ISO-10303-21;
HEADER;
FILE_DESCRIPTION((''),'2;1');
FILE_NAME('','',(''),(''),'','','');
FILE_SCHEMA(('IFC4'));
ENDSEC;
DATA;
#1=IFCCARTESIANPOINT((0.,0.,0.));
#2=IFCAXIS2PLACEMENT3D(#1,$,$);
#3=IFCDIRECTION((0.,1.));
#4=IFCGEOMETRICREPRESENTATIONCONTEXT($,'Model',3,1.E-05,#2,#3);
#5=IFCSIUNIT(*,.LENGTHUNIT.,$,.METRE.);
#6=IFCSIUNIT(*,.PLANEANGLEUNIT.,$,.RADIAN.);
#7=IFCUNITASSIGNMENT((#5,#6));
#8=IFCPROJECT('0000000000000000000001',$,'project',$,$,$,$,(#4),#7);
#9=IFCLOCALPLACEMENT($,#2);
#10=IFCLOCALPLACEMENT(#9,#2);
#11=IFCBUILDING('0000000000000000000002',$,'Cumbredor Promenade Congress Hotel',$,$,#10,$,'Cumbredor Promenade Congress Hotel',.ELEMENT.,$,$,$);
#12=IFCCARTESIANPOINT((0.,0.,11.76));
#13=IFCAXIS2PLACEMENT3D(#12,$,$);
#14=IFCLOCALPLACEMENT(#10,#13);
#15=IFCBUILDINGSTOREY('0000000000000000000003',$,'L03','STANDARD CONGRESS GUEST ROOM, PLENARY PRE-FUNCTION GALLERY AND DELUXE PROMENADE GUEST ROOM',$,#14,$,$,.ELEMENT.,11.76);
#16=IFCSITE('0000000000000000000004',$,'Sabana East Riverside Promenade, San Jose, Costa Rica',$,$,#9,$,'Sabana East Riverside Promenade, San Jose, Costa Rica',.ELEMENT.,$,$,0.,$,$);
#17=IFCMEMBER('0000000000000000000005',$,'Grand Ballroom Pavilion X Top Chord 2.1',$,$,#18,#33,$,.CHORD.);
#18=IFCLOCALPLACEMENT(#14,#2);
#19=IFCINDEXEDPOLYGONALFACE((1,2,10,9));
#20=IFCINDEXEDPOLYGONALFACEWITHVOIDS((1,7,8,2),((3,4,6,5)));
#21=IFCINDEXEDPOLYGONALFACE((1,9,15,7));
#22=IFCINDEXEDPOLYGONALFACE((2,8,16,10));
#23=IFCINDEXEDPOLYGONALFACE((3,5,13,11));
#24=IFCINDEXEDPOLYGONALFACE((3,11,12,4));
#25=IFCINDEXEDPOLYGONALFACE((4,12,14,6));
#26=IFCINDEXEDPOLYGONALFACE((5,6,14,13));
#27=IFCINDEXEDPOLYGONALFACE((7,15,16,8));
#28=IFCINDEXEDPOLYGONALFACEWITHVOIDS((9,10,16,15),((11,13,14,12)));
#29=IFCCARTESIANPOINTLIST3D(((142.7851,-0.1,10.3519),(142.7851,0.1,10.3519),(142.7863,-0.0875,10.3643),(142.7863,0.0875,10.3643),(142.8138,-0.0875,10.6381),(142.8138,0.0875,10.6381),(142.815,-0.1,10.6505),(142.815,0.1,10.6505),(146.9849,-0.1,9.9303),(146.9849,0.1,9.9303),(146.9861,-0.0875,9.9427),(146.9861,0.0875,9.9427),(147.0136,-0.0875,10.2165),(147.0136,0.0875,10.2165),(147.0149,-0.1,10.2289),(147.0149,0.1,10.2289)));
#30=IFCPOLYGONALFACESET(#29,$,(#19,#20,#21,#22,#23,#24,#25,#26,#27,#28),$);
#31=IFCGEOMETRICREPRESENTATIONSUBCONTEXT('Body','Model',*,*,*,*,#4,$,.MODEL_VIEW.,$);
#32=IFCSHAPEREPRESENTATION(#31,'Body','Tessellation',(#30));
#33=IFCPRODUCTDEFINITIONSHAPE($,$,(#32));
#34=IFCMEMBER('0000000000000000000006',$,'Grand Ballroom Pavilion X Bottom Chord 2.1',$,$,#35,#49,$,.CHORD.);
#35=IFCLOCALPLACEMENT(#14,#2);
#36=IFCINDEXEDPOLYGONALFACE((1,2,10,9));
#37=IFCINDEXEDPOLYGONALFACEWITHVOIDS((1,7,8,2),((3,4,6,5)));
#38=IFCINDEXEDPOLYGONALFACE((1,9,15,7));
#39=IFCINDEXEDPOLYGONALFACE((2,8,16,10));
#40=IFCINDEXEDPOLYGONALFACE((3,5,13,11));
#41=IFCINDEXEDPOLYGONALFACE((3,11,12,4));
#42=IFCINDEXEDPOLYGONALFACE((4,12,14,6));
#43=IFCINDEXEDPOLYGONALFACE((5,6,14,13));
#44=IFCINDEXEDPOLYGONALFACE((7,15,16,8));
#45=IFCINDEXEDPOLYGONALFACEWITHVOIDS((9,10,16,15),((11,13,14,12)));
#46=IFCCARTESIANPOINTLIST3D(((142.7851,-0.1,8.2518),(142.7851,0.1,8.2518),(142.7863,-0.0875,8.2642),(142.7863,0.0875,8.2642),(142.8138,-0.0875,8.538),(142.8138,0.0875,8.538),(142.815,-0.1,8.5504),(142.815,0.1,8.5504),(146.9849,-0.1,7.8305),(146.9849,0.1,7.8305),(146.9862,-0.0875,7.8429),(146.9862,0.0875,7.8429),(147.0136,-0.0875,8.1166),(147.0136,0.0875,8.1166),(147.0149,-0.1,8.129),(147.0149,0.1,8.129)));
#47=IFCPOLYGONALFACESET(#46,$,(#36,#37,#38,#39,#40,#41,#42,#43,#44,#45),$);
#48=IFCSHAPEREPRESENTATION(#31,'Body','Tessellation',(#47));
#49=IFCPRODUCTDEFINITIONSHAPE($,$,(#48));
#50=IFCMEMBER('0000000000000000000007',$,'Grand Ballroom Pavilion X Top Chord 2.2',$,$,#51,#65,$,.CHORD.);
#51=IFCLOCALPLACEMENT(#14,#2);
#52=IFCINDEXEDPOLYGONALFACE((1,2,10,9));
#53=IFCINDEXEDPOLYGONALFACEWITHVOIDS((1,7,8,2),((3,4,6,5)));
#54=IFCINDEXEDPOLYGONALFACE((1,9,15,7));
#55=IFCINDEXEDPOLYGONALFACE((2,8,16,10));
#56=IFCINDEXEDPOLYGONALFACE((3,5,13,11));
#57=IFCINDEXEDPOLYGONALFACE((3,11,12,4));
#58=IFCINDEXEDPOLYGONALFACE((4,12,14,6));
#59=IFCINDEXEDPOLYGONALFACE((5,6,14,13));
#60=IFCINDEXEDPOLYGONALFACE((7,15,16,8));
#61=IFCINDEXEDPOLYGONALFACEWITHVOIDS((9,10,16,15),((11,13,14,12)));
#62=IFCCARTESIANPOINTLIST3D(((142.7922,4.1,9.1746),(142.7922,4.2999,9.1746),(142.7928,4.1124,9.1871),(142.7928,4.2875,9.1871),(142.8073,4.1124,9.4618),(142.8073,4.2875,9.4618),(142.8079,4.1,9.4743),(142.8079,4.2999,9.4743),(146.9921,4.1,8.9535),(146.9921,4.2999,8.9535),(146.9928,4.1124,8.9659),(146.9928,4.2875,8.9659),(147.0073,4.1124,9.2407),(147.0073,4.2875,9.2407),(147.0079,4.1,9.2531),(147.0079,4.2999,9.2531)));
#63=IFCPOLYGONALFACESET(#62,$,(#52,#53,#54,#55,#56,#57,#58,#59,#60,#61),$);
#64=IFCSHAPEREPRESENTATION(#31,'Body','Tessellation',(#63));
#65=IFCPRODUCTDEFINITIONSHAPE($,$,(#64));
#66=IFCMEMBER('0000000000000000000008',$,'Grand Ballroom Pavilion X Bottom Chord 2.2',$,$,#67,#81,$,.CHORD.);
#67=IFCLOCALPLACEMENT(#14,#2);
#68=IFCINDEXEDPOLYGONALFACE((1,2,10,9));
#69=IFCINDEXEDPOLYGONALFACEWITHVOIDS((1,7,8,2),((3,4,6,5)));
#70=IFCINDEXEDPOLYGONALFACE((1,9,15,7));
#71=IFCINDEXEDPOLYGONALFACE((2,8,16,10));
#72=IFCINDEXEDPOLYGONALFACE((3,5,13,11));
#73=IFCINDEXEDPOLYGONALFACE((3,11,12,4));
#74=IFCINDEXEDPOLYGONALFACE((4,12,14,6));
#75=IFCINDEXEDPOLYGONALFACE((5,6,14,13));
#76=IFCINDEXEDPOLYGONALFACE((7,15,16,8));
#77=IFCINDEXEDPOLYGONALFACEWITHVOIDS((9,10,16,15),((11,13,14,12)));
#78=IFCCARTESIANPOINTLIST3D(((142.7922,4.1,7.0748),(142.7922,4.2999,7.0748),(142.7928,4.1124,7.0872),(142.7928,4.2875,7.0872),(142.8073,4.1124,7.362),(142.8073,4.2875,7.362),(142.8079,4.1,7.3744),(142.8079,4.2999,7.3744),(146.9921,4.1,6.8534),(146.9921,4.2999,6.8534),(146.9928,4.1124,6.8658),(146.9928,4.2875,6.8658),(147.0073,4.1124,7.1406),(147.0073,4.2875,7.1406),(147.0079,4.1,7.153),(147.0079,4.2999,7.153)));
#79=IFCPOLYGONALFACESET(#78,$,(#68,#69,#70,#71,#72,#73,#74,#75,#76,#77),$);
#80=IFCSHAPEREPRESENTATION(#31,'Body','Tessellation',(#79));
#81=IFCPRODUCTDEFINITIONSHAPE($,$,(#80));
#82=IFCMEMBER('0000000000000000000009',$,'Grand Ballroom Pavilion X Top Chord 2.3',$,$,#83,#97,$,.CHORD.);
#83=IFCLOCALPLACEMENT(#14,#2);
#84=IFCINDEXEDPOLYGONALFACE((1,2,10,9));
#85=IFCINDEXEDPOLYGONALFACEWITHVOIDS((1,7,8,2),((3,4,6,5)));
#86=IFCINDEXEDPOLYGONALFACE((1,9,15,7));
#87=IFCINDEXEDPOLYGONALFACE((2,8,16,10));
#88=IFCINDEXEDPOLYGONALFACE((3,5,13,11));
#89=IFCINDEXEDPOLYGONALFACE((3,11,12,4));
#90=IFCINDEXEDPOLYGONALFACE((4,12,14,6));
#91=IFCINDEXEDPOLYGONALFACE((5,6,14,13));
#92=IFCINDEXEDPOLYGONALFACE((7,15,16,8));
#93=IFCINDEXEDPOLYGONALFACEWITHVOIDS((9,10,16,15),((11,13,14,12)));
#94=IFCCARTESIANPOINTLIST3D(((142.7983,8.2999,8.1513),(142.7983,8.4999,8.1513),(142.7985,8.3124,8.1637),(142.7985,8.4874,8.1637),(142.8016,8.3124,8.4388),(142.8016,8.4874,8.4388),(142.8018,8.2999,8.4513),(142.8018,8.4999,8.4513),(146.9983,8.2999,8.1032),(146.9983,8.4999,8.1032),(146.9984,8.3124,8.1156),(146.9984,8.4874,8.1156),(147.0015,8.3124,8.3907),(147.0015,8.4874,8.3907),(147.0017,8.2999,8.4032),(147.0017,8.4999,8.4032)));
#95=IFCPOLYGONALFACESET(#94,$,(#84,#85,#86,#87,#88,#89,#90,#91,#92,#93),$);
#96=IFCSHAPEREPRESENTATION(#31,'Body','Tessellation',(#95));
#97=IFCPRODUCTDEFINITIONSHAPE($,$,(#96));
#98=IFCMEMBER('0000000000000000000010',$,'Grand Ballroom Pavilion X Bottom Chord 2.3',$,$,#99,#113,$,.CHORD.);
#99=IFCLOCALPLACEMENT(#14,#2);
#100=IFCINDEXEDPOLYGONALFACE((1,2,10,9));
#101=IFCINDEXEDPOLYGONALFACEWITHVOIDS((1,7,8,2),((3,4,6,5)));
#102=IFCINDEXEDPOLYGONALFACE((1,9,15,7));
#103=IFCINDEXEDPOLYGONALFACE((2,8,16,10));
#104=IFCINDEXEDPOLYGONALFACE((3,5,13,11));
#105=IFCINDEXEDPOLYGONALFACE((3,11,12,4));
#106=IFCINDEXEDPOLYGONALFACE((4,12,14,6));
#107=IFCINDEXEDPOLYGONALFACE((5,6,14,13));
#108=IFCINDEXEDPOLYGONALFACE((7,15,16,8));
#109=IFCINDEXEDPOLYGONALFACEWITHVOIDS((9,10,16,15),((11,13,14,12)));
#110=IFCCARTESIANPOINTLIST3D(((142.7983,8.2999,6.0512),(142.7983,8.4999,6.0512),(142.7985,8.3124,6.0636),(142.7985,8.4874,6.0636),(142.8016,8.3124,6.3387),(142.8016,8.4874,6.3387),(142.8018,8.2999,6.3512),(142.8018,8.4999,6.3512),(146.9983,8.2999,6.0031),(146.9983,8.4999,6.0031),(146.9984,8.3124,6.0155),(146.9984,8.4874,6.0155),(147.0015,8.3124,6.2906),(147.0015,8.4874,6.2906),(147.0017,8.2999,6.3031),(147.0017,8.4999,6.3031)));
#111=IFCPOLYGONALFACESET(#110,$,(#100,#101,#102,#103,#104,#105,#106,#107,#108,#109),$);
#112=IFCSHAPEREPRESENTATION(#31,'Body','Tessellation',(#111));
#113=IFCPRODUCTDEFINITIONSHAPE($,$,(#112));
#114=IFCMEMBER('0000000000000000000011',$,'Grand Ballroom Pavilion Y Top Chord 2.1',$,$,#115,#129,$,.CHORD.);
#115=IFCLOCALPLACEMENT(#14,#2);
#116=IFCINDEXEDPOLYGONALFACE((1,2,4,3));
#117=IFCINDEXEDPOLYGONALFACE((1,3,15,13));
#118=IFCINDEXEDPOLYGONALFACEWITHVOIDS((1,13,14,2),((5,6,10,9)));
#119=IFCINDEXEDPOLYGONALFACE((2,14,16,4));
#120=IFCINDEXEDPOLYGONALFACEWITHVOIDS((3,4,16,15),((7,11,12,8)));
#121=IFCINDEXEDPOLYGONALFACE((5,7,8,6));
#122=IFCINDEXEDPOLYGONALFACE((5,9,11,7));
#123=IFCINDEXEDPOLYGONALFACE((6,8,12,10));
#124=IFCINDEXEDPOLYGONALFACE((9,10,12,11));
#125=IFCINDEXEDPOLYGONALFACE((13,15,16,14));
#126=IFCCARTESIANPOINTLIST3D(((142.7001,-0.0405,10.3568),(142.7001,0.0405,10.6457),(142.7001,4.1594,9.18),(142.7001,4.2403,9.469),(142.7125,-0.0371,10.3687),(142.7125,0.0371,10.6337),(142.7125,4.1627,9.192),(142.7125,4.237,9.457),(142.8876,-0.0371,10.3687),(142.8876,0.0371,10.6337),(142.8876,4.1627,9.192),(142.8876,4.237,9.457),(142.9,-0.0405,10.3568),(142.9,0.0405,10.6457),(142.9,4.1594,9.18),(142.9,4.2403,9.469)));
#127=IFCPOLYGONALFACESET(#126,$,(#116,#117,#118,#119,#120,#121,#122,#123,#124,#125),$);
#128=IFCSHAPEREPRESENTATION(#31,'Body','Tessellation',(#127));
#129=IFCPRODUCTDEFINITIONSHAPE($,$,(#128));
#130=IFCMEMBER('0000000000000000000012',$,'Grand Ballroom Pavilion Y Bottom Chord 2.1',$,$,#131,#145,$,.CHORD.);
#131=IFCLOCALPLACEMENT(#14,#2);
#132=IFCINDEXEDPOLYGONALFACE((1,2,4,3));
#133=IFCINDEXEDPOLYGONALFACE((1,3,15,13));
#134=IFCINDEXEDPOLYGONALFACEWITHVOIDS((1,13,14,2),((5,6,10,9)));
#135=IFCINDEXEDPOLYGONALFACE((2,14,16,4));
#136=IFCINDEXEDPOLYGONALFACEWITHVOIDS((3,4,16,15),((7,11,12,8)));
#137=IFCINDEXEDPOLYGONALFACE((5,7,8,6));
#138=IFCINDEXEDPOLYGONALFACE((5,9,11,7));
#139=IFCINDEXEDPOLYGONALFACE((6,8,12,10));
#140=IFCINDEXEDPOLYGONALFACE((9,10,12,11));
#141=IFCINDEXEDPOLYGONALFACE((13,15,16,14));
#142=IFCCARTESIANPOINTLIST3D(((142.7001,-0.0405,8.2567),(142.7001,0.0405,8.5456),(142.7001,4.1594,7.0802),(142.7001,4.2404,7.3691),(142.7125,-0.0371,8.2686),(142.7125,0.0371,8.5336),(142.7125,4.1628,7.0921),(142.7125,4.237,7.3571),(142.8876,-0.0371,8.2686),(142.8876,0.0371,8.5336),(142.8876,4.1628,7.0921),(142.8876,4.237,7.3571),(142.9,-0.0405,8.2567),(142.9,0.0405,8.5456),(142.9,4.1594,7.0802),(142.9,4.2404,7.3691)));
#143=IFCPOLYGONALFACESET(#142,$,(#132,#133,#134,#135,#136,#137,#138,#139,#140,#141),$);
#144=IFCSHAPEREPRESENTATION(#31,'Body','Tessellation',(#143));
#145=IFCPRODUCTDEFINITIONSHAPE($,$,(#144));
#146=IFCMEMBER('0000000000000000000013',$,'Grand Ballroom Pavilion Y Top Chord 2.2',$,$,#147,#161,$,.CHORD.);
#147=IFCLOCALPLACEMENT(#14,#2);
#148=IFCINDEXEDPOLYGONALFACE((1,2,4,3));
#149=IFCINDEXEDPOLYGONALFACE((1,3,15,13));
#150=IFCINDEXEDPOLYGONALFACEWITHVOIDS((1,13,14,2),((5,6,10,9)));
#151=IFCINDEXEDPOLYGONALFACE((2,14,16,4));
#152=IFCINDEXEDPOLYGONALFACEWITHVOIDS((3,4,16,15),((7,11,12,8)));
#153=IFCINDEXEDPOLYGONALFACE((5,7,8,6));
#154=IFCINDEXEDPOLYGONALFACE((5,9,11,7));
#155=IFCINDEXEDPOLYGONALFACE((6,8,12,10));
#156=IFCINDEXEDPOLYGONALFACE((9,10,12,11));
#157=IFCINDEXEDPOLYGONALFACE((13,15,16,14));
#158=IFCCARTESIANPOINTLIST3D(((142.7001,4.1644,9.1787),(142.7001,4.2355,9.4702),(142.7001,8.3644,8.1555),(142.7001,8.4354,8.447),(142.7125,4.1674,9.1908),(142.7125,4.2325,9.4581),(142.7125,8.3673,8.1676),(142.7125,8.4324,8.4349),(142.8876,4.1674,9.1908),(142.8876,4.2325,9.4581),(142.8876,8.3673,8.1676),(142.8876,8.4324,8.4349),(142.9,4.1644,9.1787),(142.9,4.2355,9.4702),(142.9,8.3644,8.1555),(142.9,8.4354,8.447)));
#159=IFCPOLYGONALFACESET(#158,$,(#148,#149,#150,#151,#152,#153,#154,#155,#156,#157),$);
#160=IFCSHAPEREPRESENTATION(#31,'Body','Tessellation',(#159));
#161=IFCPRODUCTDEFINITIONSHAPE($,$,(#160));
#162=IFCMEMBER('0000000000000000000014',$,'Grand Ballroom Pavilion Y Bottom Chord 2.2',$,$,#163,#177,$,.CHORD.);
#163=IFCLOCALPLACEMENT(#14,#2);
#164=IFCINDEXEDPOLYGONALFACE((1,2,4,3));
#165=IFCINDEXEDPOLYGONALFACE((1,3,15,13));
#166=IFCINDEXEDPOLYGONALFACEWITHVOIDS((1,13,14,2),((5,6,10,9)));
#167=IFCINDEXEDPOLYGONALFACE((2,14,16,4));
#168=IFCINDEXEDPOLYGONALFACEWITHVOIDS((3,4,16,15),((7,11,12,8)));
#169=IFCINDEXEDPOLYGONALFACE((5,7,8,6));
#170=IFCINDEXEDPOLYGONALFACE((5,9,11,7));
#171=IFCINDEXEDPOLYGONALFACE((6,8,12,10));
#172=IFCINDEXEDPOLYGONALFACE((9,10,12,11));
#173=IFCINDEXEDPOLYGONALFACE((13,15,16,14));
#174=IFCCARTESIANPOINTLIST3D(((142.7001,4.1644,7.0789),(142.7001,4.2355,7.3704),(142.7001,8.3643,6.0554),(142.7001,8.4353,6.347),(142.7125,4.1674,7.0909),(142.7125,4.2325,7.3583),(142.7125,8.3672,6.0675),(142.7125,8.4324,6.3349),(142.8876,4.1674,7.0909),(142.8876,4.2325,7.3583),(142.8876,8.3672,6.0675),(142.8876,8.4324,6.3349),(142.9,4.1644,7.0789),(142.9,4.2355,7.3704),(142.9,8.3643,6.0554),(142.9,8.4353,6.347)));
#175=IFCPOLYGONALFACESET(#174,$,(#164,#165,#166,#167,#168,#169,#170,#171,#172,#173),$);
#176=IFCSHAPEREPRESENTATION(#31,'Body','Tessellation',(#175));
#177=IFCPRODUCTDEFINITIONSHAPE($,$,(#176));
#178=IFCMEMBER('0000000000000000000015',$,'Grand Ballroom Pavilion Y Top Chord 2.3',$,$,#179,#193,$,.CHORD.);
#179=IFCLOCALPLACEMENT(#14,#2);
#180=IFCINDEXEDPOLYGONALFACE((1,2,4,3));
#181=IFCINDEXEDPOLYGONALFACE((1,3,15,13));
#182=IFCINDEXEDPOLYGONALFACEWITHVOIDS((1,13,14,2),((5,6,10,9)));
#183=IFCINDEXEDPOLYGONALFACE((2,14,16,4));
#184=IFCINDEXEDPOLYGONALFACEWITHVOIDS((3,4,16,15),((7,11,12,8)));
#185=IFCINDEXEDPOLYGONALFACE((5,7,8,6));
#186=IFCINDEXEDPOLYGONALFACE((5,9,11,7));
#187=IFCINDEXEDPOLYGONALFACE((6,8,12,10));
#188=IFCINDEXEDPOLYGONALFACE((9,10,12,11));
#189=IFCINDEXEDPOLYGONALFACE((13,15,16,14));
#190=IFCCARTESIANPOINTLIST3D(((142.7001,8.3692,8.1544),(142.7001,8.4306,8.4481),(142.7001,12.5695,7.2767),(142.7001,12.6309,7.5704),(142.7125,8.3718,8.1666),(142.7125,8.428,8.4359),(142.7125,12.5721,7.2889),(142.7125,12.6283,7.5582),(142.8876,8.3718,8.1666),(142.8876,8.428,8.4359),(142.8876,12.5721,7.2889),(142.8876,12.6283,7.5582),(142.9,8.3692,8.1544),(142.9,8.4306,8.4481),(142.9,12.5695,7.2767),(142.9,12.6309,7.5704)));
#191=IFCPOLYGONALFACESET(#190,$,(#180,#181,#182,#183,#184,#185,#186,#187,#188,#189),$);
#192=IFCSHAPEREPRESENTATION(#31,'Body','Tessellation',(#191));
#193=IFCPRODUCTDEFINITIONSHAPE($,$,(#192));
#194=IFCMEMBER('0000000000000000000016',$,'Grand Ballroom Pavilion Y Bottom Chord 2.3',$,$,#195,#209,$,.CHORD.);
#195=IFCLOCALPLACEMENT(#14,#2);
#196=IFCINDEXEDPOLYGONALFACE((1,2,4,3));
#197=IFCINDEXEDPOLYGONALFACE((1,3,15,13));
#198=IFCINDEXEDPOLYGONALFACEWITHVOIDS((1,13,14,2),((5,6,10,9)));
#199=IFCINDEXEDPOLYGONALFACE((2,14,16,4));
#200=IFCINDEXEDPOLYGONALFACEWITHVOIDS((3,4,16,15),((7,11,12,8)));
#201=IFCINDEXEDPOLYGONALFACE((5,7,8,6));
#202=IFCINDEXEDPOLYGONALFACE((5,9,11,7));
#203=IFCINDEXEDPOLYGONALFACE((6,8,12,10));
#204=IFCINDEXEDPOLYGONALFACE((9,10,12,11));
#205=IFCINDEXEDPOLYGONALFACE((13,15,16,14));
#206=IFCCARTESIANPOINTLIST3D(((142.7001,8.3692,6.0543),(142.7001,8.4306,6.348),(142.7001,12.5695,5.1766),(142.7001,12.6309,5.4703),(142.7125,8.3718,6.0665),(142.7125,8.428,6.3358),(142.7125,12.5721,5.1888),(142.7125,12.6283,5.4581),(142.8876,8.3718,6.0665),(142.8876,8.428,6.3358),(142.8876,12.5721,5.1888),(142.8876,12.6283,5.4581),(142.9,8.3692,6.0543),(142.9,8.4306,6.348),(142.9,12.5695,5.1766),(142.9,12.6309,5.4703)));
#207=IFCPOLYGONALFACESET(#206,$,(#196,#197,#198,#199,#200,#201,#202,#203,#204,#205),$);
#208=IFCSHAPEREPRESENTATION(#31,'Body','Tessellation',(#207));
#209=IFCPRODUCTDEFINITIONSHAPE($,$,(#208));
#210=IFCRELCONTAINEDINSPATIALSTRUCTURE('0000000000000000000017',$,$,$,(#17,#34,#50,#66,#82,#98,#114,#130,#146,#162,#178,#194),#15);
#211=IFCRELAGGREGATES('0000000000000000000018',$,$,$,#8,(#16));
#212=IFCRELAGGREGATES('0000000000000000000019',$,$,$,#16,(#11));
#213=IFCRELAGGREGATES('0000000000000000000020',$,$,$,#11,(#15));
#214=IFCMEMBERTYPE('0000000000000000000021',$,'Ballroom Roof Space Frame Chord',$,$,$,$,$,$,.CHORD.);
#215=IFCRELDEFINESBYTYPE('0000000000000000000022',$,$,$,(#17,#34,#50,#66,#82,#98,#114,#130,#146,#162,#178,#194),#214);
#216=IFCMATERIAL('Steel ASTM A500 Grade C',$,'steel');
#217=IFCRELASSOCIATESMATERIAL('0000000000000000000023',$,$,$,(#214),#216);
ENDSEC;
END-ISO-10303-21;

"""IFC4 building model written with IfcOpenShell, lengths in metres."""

from ifc_helpers import new_model, si_unit, direction, frame, origin, origin_2d, place, context, subcontext, project, spatial, hollow_rectangle, extrude, material, material_profile, profile_set, type_object, element, save


model = new_model("IFC4")

# Units and contexts
model_context = context("Model", 3, precision=1e-05, world=origin(), true_north=direction((0.0, 1.0)))
body_context = subcontext(model_context, "Body", "Model", "MODEL_VIEW")
ifc_project = project(units=[si_unit("LENGTHUNIT", "METRE"), si_unit("PLANEANGLEUNIT", "RADIAN")], contexts=[model_context])

# Site, building, storey
site_placement = place(None, origin())
site = spatial("IfcSite", under=ifc_project, at=site_placement, Name="Sabana East Riverside Promenade, San Jose, Costa Rica", LongName="Sabana East Riverside Promenade, San Jose, Costa Rica", CompositionType="ELEMENT", RefElevation=0.0)
building_placement = place(site_placement, origin())
building = spatial("IfcBuilding", under=site, at=building_placement, Name="Cumbredor Promenade Congress Hotel", LongName="Cumbredor Promenade Congress Hotel", CompositionType="ELEMENT")
storey_placement = place(building_placement, frame((0.0, 0.0, 11.76)))
storey = spatial("IfcBuildingStorey", under=building, at=storey_placement, Name="L03", Description="STANDARD CONGRESS GUEST ROOM, PLENARY PRE-FUNCTION GALLERY AND DELUXE PROMENADE GUEST ROOM", CompositionType="ELEMENT", Elevation=11.76)

# Members
ifc_material_1 = material(Name="Steel ASTM A500 Grade C", Category="steel")
ifc_material_profile_1 = material_profile(ifc_material_1, hollow_rectangle(XDim=0.2, YDim=0.3, WallThickness=0.0125, at=origin_2d()), Name="HSS 300x200x12.5")
ifc_profile_set_1 = profile_set([ifc_material_profile_1], Name="Steel ASTM A500 Grade C")
member_type_1 = type_object("IfcMemberType", Name="Ballroom Roof Space Frame Chord", PredefinedType="CHORD", material=ifc_profile_set_1)
for number, where, z_axis, x_axis, name in (
    (1, (142.8, 0.0, 10.5012), (0.994999, 0.0, -0.099887), (0.0, 1.0, 0.0), "Grand Ballroom Pavilion X Top Chord 2.1"),
    (2, (142.8, 0.0, 8.4011), (0.995004, 0.0, -0.09983), (0.0, 1.0, 0.0), "Grand Ballroom Pavilion X Bottom Chord 2.1"),
):
    element("IfcMember", number, at=place(storey_placement, frame(where, z_axis=z_axis, x_axis=x_axis)), inside=storey, type_object=member_type_1, Name=name, PredefinedType="CHORD", context=body_context, shape_type="SweptSolid", body=[
        extrude(hollow_rectangle(XDim=0.2, YDim=0.3, WallThickness=0.0125, at=origin_2d()), origin(), (0.0, 0.0, 1.0), 4.2209),
    ])
for number, where, z_axis, x_axis, name in (
    (3, (142.8, 4.2, 9.3245), (0.998616, 0.0, -0.052592), (0.0, 1.0, 0.0), "Grand Ballroom Pavilion X Top Chord 2.2"),
    (4, (142.8, 4.2, 7.2246), (0.998613, 0.0, -0.05265), (0.0, 1.0, 0.0), "Grand Ballroom Pavilion X Bottom Chord 2.2"),
):
    element("IfcMember", number, at=place(storey_placement, frame(where, z_axis=z_axis, x_axis=x_axis)), inside=storey, type_object=member_type_1, Name=name, PredefinedType="CHORD", context=body_context, shape_type="SweptSolid", body=[
        extrude(hollow_rectangle(XDim=0.2, YDim=0.3, WallThickness=0.0125, at=origin_2d()), origin(), (0.0, 0.0, 1.0), 4.2058),
    ])
for number, where, z_axis, x_axis, name in (
    (5, (142.8, 8.3999, 8.3013), (0.999934, 0.0, -0.011451), (0.0, 1.0, 0.0), "Grand Ballroom Pavilion X Top Chord 2.3"),
    (6, (142.8, 8.3999, 6.2012), (0.999934, 0.0, -0.011451), (0.0, 1.0, 0.0), "Grand Ballroom Pavilion X Bottom Chord 2.3"),
):
    element("IfcMember", number, at=place(storey_placement, frame(where, z_axis=z_axis, x_axis=x_axis)), inside=storey, type_object=member_type_1, Name=name, PredefinedType="CHORD", context=body_context, shape_type="SweptSolid", body=[
        extrude(hollow_rectangle(XDim=0.2, YDim=0.3, WallThickness=0.0125, at=origin_2d()), origin(), (0.0, 0.0, 1.0), 4.2002),
    ])
for number, where, z_axis, x_axis, name in (
    (7, (142.8, 0.0, 10.5012), (0.0, 0.962918, -0.269794), (-1.0, 0.0, 0.0), "Grand Ballroom Pavilion Y Top Chord 2.1"),
    (8, (142.8, 0.0, 8.4011), (0.0, 0.962933, -0.269742), (-1.0, 0.0, 0.0), "Grand Ballroom Pavilion Y Bottom Chord 2.1"),
):
    element("IfcMember", number, at=place(storey_placement, frame(where, z_axis=z_axis, x_axis=x_axis)), inside=storey, type_object=member_type_1, Name=name, PredefinedType="CHORD", context=body_context, shape_type="SweptSolid", body=[
        extrude(hollow_rectangle(XDim=0.2, YDim=0.3, WallThickness=0.0125, at=origin_2d()), origin(), (0.0, 0.0, 1.0), 4.3616),
    ])
for number, where, z_axis, x_axis, name in (
    (9, (142.8, 4.2, 9.3245), (0.0, 0.971583, -0.236697), (-1.0, 0.0, 0.0), "Grand Ballroom Pavilion Y Top Chord 2.2"),
    (10, (142.8, 4.2, 7.2246), (0.0, 0.97157, -0.236751), (-1.0, 0.0, 0.0), "Grand Ballroom Pavilion Y Bottom Chord 2.2"),
):
    element("IfcMember", number, at=place(storey_placement, frame(where, z_axis=z_axis, x_axis=x_axis)), inside=storey, type_object=member_type_1, Name=name, PredefinedType="CHORD", context=body_context, shape_type="SweptSolid", body=[
        extrude(hollow_rectangle(XDim=0.2, YDim=0.3, WallThickness=0.0125, at=origin_2d()), origin(), (0.0, 0.0, 1.0), 4.3228),
    ])
for number, where, z_axis, x_axis, name in (
    (11, (142.8, 8.3999, 8.3013), (0.0, 0.978857, -0.204545), (-1.0, 0.0, 0.0), "Grand Ballroom Pavilion Y Top Chord 2.3"),
    (12, (142.8, 8.3999, 6.2012), (0.0, 0.978857, -0.204545), (-1.0, 0.0, 0.0), "Grand Ballroom Pavilion Y Bottom Chord 2.3"),
):
    element("IfcMember", number, at=place(storey_placement, frame(where, z_axis=z_axis, x_axis=x_axis)), inside=storey, type_object=member_type_1, Name=name, PredefinedType="CHORD", context=body_context, shape_type="SweptSolid", body=[
        extrude(hollow_rectangle(XDim=0.2, YDim=0.3, WallThickness=0.0125, at=origin_2d()), origin(), (0.0, 0.0, 1.0), 4.291),
    ])

save(model, "model.ifc")
